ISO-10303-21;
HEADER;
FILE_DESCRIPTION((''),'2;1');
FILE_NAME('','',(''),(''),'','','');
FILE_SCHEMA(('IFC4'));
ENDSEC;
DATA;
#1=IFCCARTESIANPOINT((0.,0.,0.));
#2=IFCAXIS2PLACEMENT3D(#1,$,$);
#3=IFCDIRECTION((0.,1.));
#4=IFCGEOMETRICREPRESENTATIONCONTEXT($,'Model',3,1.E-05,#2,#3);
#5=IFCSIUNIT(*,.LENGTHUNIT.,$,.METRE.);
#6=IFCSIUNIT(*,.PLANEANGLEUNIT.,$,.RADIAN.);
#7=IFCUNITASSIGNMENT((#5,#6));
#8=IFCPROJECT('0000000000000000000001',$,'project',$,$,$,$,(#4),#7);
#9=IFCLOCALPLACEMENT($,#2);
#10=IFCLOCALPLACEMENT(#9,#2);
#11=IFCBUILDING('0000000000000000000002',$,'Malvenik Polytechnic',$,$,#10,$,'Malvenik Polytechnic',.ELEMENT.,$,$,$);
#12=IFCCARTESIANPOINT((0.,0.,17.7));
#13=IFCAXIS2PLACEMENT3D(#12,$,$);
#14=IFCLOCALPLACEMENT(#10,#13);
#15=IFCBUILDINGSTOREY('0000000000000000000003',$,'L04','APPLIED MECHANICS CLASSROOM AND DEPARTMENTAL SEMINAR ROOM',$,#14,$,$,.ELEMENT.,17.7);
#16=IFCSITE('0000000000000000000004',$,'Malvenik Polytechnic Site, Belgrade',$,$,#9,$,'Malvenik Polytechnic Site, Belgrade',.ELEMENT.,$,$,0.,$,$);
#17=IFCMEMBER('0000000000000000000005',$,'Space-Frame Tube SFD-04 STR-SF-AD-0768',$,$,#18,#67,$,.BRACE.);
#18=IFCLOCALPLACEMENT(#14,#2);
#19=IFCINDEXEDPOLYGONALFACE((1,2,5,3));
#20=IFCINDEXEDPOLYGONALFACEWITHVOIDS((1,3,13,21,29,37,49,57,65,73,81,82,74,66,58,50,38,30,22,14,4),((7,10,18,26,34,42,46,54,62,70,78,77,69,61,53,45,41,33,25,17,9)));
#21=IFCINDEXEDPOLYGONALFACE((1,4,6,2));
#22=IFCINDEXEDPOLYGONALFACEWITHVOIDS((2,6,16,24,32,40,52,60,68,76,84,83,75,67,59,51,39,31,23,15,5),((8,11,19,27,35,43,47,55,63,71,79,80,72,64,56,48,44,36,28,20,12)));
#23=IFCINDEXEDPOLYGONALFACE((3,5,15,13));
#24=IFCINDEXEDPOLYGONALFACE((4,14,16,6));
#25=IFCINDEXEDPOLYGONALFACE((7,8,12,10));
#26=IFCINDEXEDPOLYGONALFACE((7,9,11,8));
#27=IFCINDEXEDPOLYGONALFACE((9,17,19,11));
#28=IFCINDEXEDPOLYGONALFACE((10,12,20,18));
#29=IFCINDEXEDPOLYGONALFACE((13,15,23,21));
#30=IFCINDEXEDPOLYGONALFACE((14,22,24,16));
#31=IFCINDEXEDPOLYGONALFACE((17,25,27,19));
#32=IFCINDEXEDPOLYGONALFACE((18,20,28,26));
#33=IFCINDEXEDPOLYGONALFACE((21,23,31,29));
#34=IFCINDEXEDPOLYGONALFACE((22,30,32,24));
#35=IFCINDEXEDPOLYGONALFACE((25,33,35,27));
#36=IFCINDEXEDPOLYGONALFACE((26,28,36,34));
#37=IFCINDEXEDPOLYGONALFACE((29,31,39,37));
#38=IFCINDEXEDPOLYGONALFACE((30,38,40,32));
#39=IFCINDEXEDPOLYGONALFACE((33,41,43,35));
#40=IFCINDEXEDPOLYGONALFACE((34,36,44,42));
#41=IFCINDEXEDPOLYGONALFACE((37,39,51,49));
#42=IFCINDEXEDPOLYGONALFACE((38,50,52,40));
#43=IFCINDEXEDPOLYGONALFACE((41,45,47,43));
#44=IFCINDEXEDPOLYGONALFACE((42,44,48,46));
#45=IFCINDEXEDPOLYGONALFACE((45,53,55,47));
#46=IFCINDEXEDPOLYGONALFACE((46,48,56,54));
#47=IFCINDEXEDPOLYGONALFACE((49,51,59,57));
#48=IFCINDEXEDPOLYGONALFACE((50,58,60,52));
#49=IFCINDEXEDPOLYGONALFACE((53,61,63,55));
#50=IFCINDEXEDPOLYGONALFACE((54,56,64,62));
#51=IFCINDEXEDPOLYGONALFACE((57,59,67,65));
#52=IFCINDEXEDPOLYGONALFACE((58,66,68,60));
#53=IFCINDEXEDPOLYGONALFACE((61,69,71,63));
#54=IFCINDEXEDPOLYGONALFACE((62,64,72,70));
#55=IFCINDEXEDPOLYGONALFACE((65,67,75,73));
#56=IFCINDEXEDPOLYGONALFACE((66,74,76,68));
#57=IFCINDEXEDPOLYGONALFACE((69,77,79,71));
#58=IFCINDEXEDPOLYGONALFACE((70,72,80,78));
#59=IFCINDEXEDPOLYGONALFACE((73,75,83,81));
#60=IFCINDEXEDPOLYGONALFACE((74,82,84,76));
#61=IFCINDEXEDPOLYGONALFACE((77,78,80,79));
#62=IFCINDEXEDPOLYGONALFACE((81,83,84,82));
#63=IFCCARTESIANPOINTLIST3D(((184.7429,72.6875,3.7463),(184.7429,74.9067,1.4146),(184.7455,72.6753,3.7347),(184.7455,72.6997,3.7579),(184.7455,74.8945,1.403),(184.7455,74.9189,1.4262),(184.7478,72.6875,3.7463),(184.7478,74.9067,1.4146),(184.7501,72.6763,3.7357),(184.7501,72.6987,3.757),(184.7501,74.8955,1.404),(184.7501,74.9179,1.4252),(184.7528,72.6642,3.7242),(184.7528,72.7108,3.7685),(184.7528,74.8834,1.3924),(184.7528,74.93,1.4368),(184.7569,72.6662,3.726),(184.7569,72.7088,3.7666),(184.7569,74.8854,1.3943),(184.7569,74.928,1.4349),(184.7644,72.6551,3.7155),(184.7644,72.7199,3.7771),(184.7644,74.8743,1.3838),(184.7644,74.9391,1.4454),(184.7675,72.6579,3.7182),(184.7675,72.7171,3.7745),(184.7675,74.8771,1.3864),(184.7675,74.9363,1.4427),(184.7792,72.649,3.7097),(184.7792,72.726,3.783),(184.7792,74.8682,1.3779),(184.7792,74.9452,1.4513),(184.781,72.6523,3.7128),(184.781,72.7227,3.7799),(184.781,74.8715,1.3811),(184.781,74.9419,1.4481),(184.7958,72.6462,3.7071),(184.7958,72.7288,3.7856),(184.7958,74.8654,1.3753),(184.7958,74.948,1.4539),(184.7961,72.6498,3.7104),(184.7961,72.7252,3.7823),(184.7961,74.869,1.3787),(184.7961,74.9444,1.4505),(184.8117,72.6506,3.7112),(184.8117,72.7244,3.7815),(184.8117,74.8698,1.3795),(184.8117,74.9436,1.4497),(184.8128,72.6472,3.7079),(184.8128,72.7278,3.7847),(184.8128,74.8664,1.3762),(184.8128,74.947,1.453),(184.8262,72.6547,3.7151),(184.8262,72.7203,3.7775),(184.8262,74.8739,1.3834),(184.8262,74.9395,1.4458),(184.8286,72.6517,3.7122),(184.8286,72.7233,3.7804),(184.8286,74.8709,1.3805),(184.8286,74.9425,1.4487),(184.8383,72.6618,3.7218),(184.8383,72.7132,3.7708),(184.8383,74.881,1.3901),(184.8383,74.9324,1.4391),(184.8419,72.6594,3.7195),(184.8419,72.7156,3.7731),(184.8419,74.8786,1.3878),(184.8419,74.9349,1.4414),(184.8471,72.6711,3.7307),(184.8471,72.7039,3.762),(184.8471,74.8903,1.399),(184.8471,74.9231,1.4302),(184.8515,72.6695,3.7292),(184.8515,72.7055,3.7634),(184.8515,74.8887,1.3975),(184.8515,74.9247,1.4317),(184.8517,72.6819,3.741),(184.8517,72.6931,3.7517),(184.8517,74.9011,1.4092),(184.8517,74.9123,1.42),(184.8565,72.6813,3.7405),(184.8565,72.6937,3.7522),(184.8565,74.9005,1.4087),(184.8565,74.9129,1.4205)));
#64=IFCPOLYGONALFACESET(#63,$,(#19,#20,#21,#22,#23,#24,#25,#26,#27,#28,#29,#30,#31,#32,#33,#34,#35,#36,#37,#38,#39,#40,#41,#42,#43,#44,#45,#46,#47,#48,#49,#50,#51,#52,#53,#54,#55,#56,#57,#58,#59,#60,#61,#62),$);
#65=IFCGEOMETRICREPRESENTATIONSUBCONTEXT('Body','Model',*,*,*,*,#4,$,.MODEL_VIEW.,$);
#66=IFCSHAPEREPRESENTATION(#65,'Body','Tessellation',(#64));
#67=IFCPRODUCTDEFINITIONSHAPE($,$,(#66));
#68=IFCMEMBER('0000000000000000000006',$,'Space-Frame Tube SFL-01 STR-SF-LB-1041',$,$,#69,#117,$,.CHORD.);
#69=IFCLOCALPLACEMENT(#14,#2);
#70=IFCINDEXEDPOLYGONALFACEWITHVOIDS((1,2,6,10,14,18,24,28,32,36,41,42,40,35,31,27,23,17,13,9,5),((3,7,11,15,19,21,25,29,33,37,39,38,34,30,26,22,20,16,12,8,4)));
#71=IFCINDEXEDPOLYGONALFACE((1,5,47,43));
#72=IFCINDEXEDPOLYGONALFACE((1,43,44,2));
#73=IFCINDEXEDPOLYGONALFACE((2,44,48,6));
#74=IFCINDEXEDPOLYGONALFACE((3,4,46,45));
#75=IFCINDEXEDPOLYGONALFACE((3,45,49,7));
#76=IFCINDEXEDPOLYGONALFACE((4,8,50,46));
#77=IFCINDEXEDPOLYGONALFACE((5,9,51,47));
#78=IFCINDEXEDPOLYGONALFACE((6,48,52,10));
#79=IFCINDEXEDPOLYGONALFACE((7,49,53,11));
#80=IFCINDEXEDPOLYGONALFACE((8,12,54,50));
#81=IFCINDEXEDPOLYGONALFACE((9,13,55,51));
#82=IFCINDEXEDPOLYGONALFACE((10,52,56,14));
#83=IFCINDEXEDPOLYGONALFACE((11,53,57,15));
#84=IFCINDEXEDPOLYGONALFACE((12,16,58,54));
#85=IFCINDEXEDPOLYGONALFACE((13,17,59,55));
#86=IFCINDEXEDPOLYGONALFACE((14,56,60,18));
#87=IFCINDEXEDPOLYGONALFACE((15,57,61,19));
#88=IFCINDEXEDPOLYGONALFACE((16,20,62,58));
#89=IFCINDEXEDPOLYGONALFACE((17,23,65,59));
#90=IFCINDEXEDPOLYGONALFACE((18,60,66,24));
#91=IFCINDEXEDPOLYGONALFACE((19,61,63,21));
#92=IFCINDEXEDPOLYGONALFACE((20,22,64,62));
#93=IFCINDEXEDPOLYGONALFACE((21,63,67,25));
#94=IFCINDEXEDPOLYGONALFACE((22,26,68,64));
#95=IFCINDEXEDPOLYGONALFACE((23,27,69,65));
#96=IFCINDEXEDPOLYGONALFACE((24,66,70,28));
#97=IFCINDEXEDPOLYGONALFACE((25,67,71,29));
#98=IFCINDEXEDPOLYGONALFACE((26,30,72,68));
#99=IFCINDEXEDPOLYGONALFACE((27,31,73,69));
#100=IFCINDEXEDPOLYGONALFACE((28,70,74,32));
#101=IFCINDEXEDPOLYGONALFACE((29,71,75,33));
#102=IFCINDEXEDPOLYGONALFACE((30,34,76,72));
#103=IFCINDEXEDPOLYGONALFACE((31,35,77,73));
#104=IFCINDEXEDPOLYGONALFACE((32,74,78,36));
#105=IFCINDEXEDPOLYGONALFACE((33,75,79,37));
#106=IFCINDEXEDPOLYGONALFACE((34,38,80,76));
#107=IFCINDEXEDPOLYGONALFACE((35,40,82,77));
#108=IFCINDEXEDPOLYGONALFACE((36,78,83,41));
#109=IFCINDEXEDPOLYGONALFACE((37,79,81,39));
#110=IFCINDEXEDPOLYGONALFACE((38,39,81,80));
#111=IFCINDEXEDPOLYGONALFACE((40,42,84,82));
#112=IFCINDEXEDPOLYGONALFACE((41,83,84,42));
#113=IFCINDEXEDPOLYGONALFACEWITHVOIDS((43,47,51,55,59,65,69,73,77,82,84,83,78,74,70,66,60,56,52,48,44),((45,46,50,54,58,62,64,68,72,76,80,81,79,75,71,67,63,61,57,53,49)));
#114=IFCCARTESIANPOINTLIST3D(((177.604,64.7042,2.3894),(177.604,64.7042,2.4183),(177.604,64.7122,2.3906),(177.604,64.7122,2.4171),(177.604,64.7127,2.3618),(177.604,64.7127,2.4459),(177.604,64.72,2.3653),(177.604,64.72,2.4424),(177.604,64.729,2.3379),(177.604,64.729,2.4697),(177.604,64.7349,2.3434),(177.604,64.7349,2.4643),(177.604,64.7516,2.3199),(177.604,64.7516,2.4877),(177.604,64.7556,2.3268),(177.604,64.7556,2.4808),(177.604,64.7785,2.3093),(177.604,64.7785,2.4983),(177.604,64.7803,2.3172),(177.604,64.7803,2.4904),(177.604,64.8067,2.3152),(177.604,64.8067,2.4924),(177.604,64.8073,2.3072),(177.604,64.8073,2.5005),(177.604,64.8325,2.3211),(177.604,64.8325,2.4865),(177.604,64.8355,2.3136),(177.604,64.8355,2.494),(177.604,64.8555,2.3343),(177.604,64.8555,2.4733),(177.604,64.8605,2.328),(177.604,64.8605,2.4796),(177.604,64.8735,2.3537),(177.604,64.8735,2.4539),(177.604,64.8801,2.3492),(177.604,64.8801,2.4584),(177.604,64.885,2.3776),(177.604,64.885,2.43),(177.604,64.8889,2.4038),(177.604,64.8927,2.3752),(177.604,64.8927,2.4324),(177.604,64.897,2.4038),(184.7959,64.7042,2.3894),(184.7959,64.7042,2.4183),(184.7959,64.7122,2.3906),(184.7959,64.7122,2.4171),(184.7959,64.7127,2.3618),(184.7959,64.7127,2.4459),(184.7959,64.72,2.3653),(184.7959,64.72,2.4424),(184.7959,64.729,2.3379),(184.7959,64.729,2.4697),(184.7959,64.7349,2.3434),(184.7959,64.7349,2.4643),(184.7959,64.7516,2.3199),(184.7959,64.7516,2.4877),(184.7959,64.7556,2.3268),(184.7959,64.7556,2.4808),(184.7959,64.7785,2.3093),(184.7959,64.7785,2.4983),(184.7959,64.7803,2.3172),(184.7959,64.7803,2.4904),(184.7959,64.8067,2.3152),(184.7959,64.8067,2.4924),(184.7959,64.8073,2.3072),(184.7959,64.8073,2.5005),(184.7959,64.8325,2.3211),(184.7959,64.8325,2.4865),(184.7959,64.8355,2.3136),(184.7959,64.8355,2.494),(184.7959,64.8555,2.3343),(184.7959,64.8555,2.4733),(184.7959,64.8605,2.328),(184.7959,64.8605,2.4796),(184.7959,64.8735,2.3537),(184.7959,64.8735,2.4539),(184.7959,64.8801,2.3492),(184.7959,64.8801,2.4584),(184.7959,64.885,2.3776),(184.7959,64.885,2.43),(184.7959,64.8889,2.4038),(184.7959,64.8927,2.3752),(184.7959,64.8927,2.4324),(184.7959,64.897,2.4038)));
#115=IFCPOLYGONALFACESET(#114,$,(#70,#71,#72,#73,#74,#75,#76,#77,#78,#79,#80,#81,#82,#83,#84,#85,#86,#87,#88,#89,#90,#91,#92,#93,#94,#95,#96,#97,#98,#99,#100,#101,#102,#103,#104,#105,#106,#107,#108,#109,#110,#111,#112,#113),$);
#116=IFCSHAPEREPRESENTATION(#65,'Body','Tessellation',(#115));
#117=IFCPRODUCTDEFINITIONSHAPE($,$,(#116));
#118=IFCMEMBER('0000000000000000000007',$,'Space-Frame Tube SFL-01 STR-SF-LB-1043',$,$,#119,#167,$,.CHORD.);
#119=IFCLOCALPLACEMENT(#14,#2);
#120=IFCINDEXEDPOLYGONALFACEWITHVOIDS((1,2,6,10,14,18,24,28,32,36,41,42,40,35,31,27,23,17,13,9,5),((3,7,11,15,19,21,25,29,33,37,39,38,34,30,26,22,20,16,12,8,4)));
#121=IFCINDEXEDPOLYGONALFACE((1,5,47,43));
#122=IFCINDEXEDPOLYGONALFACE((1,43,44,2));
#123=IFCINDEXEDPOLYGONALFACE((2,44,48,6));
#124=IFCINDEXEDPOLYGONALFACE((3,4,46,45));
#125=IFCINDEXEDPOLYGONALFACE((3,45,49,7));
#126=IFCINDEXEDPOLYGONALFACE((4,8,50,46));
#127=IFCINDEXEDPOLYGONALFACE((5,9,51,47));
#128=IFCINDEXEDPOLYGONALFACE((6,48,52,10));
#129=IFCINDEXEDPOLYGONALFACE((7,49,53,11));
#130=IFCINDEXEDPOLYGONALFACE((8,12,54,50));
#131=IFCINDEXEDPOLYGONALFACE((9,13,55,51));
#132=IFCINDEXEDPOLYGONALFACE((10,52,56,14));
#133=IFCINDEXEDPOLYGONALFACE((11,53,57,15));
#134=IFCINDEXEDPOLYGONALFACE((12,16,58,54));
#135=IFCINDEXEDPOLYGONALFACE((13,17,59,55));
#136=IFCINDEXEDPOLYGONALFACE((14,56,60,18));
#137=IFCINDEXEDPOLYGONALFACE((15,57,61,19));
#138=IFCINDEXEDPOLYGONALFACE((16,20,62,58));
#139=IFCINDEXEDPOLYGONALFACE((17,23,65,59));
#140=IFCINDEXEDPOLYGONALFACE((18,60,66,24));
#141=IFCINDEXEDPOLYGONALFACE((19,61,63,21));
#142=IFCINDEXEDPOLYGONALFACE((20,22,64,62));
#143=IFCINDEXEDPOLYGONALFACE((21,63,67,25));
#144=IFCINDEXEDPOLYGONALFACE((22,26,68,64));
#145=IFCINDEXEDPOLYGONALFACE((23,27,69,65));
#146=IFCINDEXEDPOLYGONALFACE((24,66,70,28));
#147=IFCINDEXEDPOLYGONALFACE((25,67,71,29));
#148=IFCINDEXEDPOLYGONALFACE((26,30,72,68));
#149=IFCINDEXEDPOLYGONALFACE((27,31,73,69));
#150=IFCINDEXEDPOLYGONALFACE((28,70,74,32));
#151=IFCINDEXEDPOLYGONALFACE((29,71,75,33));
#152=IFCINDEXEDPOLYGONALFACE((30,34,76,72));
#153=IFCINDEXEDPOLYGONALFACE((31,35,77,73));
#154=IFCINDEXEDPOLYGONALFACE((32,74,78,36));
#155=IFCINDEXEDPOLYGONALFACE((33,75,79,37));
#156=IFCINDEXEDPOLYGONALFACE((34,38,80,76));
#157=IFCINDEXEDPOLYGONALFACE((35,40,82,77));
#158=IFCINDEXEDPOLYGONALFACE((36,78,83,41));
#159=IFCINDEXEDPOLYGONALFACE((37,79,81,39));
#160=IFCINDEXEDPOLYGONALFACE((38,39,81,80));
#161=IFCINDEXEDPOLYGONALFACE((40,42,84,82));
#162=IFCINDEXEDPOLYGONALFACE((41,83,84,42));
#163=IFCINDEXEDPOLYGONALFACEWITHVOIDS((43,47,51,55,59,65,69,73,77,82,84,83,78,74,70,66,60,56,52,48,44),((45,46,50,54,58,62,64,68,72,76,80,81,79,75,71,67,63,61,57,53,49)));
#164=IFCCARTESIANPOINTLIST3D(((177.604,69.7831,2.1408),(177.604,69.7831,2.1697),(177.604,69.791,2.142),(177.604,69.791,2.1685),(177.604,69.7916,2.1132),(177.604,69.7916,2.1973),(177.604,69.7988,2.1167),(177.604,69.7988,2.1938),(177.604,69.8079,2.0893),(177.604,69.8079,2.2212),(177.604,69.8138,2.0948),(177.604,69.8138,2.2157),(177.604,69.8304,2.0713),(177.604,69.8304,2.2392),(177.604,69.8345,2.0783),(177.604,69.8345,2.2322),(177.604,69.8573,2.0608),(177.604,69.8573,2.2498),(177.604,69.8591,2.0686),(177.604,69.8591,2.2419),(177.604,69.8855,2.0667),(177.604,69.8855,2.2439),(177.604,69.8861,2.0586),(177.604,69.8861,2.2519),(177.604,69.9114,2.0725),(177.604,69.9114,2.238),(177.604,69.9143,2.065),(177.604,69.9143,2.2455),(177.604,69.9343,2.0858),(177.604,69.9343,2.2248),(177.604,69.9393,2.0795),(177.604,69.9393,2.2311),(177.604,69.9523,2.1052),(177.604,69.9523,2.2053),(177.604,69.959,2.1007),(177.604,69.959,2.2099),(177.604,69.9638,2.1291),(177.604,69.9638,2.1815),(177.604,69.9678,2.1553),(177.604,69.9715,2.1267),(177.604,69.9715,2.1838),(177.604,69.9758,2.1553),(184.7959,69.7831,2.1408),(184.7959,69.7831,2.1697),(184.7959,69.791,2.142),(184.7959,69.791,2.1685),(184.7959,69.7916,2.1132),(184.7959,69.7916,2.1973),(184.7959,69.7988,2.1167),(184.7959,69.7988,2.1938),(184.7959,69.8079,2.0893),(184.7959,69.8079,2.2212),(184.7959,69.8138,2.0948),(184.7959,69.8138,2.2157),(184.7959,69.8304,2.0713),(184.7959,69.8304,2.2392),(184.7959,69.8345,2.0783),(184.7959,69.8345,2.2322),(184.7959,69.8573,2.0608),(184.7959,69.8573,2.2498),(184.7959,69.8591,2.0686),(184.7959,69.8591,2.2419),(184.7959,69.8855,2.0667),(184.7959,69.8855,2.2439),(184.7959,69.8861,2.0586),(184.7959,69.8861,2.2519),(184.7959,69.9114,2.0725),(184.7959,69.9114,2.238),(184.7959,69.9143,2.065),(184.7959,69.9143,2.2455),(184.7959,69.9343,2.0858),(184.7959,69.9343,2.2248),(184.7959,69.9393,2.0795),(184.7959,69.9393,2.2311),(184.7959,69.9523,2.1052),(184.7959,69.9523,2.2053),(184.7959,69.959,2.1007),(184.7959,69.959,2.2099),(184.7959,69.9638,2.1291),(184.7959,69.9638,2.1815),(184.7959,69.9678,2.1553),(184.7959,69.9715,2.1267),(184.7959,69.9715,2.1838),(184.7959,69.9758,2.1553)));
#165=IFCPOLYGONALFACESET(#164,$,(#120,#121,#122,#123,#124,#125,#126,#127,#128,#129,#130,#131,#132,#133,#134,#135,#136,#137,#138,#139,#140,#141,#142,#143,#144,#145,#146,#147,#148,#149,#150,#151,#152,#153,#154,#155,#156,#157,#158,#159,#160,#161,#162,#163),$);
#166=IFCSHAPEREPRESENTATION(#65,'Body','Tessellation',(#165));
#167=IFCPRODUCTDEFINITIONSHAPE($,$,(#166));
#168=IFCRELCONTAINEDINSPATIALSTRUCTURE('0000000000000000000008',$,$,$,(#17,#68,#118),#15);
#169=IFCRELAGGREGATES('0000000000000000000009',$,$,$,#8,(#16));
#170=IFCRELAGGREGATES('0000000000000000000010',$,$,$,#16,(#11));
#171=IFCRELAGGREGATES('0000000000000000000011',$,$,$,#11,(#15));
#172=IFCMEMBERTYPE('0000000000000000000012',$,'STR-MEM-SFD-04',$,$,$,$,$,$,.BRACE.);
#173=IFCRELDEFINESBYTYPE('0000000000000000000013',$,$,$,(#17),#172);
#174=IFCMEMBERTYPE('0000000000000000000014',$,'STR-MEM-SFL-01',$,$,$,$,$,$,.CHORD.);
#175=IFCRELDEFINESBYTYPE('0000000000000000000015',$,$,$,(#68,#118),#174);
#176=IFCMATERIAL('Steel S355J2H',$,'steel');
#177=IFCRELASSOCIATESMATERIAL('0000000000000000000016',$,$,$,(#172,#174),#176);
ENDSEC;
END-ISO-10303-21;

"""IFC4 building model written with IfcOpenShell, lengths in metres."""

from ifc_helpers import new_model, si_unit, direction, frame, origin, origin_2d, place, context, subcontext, project, spatial, hollow_circle, extrude, material, material_profile, profile_set, type_object, element, save


model = new_model("IFC4")

# Units and contexts
model_context = context("Model", 3, precision=1e-05, world=origin(), true_north=direction((0.0, 1.0)))
body_context = subcontext(model_context, "Body", "Model", "MODEL_VIEW")
ifc_project = project(units=[si_unit("LENGTHUNIT", "METRE"), si_unit("PLANEANGLEUNIT", "RADIAN")], contexts=[model_context])

# Site, building, storey
site_placement = place(None, origin())
site = spatial("IfcSite", under=ifc_project, at=site_placement, Name="Malvenik Polytechnic Site, Belgrade", LongName="Malvenik Polytechnic Site, Belgrade", CompositionType="ELEMENT", RefElevation=0.0)
building_placement = place(site_placement, origin())
building = spatial("IfcBuilding", under=site, at=building_placement, Name="Malvenik Polytechnic", LongName="Malvenik Polytechnic", CompositionType="ELEMENT")
storey_placement = place(building_placement, frame((0.0, 0.0, 17.7)))
storey = spatial("IfcBuildingStorey", under=building, at=storey_placement, Name="L04", Description="APPLIED MECHANICS CLASSROOM AND DEPARTMENTAL SEMINAR ROOM", CompositionType="ELEMENT", Elevation=17.7)

# Members
ifc_material_1 = material(Name="Steel S355J2H", Category="steel")
ifc_material_profile_1 = material_profile(ifc_material_1, hollow_circle(Radius=0.0571, WallThickness=0.0049, at=origin_2d()), Name="CHS 114.3x5.0")
ifc_profile_set_1 = profile_set([ifc_material_profile_1], Name="Steel S355J2H")
member_type_1 = type_object("IfcMemberType", Name="STR-MEM-SFD-04", PredefinedType="BRACE", material=ifc_profile_set_1)
for number, where, z_axis, x_axis, name in (
    (1, (184.8, 72.6875, 3.7463), (0.0, 0.689409, -0.724372), (-1.0, 0.0, 0.0), "Space-Frame Tube SFD-04 STR-SF-AD-0768"),
):
    element("IfcMember", number, at=place(storey_placement, frame(where, z_axis=z_axis, x_axis=x_axis)), inside=storey, type_object=member_type_1, Name=name, PredefinedType="BRACE", context=body_context, shape_type="SweptSolid", body=[
        extrude(hollow_circle(Radius=0.0571, WallThickness=0.0049, at=origin_2d()), origin(), (0.0, 0.0, 1.0), 3.219),
    ])
ifc_material_profile_2 = material_profile(ifc_material_1, hollow_circle(Radius=0.0969, WallThickness=0.0081, at=origin_2d()), Name="CHS 193.7x8.0")
ifc_profile_set_2 = profile_set([ifc_material_profile_2], Name="Steel S355J2H")
member_type_2 = type_object("IfcMemberType", Name="STR-MEM-SFL-01", PredefinedType="CHORD", material=ifc_profile_set_2)
for number, where, z_axis, x_axis, name in (
    (2, (177.604, 64.8, 2.4038), (1.0, 0.0, 0.0), (0.0, 1.0, 0.0), "Space-Frame Tube SFL-01 STR-SF-LB-1041"),
    (3, (177.604, 69.8789, 2.1553), (1.0, 0.0, 0.0), (0.0, 1.0, 0.0), "Space-Frame Tube SFL-01 STR-SF-LB-1043"),
):
    element("IfcMember", number, at=place(storey_placement, frame(where, z_axis=z_axis, x_axis=x_axis)), inside=storey, type_object=member_type_2, Name=name, PredefinedType="CHORD", context=body_context, shape_type="SweptSolid", body=[
        extrude(hollow_circle(Radius=0.0969, WallThickness=0.0081, at=origin_2d()), origin(), (0.0, 0.0, 1.0), 7.1919),
    ])

save(model, "model.ifc")
